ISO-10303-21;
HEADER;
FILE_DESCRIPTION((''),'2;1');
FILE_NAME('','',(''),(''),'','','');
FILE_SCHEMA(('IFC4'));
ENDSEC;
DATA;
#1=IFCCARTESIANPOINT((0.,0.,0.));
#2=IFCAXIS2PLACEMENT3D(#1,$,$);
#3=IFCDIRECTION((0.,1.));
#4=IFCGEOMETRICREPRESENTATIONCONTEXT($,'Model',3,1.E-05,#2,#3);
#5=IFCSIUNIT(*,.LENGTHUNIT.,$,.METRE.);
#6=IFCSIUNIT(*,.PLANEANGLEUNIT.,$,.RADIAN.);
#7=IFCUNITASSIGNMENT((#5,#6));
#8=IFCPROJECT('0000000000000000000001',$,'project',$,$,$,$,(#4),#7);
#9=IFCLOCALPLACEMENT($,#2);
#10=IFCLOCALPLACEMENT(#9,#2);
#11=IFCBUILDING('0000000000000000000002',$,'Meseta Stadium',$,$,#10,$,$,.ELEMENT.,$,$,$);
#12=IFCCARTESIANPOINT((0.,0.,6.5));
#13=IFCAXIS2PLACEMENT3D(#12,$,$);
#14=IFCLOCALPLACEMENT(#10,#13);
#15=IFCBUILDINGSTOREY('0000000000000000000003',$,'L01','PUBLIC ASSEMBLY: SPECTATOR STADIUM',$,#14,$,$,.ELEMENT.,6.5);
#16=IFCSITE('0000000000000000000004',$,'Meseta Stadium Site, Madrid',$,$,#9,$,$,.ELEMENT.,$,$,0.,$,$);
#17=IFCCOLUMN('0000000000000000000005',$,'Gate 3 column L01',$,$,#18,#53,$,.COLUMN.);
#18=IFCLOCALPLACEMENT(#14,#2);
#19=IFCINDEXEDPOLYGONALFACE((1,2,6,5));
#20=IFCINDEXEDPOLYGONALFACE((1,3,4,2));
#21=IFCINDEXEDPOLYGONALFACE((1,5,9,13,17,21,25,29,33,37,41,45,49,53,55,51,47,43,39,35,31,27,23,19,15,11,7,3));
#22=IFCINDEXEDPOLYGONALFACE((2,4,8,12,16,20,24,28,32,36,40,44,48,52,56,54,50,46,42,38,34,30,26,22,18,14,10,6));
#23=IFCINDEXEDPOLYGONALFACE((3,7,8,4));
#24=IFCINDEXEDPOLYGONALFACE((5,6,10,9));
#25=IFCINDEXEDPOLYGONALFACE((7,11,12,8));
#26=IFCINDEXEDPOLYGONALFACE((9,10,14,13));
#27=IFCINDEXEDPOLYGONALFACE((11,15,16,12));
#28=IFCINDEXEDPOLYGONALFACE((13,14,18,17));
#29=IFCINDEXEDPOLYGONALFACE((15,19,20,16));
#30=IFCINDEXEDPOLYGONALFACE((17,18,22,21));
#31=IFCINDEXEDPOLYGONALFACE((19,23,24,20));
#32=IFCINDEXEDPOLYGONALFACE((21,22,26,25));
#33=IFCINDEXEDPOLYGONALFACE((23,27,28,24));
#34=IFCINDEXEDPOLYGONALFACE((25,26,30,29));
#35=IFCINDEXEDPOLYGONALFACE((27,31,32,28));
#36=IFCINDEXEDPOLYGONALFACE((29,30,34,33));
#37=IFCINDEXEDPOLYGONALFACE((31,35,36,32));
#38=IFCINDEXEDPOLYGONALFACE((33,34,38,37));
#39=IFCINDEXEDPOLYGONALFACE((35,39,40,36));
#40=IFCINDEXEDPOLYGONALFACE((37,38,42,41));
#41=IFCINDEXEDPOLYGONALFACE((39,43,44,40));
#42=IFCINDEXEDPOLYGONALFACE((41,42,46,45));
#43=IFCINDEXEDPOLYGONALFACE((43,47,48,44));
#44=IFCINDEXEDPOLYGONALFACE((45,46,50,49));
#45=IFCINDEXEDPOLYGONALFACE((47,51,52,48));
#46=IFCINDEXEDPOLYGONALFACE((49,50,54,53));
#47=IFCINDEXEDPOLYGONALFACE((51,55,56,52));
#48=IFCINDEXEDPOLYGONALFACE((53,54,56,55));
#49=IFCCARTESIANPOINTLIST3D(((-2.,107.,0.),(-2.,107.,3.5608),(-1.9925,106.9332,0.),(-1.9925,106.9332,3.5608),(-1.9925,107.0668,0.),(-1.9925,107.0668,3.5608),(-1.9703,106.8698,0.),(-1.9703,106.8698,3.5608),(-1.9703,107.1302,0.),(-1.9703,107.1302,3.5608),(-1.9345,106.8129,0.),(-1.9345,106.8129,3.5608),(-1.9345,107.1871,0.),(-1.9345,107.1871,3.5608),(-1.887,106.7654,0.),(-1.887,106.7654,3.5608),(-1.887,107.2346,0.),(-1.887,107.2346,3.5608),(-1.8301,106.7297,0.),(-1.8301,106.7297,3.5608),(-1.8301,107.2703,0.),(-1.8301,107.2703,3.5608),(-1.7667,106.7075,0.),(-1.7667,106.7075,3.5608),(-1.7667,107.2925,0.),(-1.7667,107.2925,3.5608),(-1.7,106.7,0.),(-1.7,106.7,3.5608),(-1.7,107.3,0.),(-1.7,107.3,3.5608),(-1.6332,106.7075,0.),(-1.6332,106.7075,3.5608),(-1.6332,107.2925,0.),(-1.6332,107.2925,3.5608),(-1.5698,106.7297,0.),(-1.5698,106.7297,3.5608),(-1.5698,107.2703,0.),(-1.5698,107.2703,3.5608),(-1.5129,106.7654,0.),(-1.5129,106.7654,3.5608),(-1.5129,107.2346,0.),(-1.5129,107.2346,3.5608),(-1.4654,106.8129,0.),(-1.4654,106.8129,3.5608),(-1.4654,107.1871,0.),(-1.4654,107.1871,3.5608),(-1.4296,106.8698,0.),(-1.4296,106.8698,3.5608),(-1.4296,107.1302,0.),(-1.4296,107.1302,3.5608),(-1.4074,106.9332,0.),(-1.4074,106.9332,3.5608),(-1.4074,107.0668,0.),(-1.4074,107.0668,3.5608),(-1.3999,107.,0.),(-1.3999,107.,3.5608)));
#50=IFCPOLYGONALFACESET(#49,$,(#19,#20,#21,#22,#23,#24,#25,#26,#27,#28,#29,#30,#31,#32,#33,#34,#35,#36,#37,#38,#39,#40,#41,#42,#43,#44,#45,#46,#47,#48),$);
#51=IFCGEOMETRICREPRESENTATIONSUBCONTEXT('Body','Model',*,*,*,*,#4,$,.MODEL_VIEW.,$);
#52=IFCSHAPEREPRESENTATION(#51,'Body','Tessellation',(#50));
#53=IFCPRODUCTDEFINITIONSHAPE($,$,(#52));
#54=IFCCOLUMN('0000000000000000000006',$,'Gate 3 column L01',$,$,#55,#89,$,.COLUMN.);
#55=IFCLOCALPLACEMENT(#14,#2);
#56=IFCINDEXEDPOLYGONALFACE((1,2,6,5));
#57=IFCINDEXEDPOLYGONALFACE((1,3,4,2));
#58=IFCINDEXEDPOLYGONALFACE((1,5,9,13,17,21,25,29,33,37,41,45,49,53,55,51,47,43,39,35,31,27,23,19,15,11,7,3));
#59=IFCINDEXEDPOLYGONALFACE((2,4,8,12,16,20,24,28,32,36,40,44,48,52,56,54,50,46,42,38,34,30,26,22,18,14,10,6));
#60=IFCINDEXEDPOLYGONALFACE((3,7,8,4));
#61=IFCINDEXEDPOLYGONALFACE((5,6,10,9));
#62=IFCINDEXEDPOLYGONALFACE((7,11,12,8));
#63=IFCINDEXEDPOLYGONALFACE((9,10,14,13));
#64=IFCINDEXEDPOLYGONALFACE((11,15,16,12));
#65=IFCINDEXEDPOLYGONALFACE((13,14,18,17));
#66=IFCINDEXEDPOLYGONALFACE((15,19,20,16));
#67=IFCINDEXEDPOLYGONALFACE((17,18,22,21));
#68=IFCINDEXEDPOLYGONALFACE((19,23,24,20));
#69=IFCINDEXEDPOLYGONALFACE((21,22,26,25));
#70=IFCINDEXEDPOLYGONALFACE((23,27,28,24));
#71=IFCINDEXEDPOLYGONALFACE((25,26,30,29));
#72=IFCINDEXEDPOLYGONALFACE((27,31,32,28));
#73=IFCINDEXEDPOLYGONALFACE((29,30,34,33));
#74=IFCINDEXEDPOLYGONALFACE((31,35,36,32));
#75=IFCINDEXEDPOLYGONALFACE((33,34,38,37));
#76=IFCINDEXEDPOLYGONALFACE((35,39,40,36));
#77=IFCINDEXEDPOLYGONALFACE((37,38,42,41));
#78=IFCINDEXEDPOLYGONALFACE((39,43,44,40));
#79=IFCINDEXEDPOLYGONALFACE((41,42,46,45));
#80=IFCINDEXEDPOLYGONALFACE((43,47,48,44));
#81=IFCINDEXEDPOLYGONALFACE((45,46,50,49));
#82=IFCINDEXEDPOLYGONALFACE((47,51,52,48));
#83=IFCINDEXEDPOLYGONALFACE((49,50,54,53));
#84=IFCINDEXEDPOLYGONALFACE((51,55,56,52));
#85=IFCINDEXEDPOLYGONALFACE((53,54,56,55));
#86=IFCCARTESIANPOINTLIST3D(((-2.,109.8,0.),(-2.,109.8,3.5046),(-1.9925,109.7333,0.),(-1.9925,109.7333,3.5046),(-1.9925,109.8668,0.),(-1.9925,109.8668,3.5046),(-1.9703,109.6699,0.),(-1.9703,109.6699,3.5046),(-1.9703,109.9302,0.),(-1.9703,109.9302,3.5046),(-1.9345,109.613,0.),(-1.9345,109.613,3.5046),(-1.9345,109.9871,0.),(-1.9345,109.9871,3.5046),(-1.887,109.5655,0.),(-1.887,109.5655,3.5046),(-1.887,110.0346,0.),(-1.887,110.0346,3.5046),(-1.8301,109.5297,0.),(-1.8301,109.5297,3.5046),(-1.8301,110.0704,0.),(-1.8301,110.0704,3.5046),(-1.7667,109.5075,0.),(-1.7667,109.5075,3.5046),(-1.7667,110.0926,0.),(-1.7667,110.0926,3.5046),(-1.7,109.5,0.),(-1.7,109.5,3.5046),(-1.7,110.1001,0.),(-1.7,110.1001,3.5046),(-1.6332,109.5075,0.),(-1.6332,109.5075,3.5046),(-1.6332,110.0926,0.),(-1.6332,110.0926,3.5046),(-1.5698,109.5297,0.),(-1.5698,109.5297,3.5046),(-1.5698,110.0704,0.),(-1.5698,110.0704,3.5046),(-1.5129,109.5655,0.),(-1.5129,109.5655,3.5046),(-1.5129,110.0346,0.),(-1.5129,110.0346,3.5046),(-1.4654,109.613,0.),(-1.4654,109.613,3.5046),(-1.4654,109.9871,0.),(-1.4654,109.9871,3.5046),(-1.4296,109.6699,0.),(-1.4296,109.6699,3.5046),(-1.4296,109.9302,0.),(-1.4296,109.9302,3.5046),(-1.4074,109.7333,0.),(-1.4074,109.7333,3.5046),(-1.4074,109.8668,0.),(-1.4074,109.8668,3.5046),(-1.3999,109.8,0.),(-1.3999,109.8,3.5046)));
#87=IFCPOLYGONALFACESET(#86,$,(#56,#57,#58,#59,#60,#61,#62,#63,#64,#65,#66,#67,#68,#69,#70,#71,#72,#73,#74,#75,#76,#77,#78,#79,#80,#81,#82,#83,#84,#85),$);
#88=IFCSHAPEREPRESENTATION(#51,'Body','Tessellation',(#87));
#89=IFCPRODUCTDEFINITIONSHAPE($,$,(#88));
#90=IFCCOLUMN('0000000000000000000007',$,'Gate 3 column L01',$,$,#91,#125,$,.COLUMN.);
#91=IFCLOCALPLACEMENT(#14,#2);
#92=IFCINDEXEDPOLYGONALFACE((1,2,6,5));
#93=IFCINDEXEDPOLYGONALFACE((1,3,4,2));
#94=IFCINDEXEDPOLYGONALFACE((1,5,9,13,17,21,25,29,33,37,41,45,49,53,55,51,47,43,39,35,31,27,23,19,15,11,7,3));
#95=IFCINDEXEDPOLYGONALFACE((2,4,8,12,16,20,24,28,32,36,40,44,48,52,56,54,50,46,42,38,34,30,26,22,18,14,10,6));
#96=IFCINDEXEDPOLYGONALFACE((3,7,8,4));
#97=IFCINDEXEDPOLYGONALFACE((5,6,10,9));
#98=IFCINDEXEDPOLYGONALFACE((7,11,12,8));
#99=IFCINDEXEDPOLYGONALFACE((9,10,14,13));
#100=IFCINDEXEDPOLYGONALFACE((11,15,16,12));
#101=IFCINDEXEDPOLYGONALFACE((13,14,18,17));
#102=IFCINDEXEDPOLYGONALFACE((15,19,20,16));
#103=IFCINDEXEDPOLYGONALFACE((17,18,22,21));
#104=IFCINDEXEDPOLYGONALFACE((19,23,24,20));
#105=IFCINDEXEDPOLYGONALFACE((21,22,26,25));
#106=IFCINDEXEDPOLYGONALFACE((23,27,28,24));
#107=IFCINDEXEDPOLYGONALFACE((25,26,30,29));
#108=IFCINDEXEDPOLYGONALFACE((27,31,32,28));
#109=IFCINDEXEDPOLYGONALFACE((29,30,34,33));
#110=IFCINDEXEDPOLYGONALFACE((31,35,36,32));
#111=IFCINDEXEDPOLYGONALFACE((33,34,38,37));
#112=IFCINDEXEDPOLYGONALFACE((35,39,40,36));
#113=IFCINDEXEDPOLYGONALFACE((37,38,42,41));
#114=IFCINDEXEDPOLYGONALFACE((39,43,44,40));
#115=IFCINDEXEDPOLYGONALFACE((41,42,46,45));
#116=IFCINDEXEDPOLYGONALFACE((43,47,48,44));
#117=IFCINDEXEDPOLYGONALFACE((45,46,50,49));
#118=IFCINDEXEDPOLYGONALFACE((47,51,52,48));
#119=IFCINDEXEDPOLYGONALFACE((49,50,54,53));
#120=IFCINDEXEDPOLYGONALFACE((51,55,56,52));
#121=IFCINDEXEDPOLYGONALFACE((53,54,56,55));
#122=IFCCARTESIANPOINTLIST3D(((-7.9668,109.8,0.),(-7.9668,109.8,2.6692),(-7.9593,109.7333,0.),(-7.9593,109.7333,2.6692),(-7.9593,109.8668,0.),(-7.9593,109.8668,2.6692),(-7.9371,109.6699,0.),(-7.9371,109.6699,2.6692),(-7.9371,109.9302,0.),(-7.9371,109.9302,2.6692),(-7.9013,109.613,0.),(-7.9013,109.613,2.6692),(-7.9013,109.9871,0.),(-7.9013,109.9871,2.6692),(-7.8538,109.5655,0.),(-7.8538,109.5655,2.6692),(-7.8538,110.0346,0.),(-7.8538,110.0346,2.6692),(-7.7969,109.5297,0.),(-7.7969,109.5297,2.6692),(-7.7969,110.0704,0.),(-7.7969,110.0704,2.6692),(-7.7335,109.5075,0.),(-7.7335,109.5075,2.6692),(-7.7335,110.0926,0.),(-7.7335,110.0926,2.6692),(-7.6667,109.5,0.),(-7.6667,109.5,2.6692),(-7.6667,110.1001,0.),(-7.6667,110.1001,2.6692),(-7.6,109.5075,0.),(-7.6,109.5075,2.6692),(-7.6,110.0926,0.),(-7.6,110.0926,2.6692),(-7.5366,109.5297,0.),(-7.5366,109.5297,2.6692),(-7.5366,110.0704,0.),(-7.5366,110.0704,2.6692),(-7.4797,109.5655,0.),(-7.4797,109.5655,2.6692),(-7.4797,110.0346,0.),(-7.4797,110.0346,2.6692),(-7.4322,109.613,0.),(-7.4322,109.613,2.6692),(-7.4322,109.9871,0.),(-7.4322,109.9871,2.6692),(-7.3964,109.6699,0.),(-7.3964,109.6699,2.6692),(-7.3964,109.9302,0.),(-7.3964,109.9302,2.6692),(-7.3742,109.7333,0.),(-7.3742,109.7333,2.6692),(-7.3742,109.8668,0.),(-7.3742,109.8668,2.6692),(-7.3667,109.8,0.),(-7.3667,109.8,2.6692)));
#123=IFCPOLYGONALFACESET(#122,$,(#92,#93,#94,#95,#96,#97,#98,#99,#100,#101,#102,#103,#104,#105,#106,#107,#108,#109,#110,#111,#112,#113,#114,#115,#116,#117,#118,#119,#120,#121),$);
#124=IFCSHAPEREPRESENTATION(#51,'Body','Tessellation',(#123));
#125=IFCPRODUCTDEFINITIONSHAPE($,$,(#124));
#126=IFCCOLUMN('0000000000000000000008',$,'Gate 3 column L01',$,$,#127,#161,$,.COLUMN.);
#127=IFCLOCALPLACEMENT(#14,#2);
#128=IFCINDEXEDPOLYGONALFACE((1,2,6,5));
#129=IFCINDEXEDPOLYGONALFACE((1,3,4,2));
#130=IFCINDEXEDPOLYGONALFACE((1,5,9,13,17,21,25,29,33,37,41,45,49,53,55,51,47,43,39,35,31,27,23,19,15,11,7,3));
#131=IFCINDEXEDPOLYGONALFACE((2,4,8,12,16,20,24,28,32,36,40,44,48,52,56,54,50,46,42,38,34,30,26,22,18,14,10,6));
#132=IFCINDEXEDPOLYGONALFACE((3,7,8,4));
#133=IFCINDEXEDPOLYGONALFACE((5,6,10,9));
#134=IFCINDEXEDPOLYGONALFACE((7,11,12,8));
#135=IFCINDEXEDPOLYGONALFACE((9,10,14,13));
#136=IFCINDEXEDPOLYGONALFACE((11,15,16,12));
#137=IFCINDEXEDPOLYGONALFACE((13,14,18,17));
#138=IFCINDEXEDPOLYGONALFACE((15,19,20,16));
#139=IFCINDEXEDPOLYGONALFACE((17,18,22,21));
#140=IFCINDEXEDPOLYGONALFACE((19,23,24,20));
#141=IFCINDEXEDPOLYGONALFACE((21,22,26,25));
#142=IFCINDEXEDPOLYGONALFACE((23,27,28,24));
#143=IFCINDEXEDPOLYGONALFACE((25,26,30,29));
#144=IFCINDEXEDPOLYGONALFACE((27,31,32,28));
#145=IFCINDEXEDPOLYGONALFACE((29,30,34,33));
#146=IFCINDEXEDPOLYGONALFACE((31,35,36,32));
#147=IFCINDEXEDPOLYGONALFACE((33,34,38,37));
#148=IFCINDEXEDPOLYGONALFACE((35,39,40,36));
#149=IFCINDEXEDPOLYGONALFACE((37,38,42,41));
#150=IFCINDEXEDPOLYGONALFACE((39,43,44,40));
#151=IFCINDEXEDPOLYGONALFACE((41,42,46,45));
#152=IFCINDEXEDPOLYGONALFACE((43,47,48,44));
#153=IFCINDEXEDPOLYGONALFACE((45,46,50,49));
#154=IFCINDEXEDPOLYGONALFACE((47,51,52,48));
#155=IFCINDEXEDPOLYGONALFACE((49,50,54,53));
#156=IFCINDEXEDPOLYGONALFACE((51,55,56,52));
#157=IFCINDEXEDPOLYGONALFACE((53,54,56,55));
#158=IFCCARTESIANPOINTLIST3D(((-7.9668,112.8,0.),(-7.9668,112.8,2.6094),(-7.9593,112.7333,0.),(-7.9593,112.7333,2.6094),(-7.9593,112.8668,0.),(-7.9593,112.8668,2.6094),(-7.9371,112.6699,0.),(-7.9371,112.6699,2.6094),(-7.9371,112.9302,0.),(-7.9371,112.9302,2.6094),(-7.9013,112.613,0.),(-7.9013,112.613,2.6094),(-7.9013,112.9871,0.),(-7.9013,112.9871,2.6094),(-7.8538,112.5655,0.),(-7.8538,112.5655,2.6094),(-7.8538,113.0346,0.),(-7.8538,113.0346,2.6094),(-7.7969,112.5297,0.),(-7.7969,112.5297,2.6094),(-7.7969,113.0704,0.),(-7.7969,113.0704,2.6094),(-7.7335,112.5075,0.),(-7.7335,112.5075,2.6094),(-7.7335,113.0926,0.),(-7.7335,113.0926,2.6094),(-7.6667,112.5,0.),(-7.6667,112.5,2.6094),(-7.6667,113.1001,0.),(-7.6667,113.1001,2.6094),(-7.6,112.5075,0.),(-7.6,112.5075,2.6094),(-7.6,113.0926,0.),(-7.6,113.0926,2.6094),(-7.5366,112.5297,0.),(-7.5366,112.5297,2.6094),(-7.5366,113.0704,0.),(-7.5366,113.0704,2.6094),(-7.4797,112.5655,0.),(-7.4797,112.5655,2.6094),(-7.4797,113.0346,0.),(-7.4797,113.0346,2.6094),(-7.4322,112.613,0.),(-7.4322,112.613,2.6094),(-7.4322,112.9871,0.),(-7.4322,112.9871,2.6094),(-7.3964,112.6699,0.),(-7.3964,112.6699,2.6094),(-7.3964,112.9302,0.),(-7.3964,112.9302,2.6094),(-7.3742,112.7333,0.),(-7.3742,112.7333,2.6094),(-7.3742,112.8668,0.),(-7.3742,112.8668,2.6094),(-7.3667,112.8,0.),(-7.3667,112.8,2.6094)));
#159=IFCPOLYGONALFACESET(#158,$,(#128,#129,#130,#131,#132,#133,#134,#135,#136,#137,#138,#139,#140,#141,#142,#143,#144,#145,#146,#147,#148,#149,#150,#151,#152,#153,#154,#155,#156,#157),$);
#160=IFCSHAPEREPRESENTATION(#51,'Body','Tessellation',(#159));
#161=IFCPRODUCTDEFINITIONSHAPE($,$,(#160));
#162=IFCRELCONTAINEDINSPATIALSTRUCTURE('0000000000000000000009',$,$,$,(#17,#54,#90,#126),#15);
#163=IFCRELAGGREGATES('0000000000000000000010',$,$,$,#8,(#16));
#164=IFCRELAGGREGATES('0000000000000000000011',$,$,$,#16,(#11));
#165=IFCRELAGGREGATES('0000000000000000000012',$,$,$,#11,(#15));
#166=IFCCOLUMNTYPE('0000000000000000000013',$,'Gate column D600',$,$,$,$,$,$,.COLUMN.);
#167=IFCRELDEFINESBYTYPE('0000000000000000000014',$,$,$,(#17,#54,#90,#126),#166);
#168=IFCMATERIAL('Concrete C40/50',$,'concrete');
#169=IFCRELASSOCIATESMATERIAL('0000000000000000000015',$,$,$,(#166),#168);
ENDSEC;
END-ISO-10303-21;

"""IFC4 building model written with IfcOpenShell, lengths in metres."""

from ifc_helpers import new_model, si_unit, direction, frame, origin, origin_2d, place, context, subcontext, project, spatial, circle, extrude, material, material_profile, profile_set, type_object, element, save


model = new_model("IFC4")

# Units and contexts
model_context = context("Model", 3, precision=1e-05, world=origin(), true_north=direction((0.0, 1.0)))
body_context = subcontext(model_context, "Body", "Model", "MODEL_VIEW")
ifc_project = project(units=[si_unit("LENGTHUNIT", "METRE"), si_unit("PLANEANGLEUNIT", "RADIAN")], contexts=[model_context])

# Site, building, storey
site_placement = place(None, origin())
site = spatial("IfcSite", under=ifc_project, at=site_placement, Name="Meseta Stadium Site, Madrid", CompositionType="ELEMENT", RefElevation=0.0)
building_placement = place(site_placement, origin())
building = spatial("IfcBuilding", under=site, at=building_placement, Name="Meseta Stadium", CompositionType="ELEMENT")
storey_placement = place(building_placement, frame((0.0, 0.0, 6.5)))
storey = spatial("IfcBuildingStorey", under=building, at=storey_placement, Name="L01", Description="PUBLIC ASSEMBLY: SPECTATOR STADIUM", CompositionType="ELEMENT", Elevation=6.5)

# Columns
ifc_material_1 = material(Name="Concrete C40/50", Category="concrete")
ifc_material_profile_1 = material_profile(ifc_material_1, circle(Radius=0.3, at=origin_2d()), Name="RC D600")
ifc_profile_set_1 = profile_set([ifc_material_profile_1], Name="Concrete C40/50")
column_type = type_object("IfcColumnType", Name="Gate column D600", PredefinedType="COLUMN", material=ifc_profile_set_1)
column_1_placement = place(storey_placement, frame((-1.7, 107.0, 0.0), z_axis=(0.0, 0.0, 1.0), x_axis=(1.0, 0.0, 0.0)))
element("IfcColumn", 1, at=column_1_placement, inside=storey, type_object=column_type, Name="Gate 3 column L01", PredefinedType="COLUMN", context=body_context, shape_type="SweptSolid", body=[
    extrude(circle(Radius=0.3, at=origin_2d()), origin(), (0.0, 0.0, 1.0), 3.5608),
])
column_2_placement = place(storey_placement, frame((-1.7, 109.8, 0.0), z_axis=(0.0, 0.0, 1.0), x_axis=(1.0, 0.0, 0.0)))
element("IfcColumn", 2, at=column_2_placement, inside=storey, type_object=column_type, Name="Gate 3 column L01", PredefinedType="COLUMN", context=body_context, shape_type="SweptSolid", body=[
    extrude(circle(Radius=0.3, at=origin_2d()), origin(), (0.0, 0.0, 1.0), 3.5046),
])
column_3_placement = place(storey_placement, frame((-7.6667, 109.8, 0.0), z_axis=(0.0, 0.0, 1.0), x_axis=(1.0, 0.0, 0.0)))
element("IfcColumn", 3, at=column_3_placement, inside=storey, type_object=column_type, Name="Gate 3 column L01", PredefinedType="COLUMN", context=body_context, shape_type="SweptSolid", body=[
    extrude(circle(Radius=0.3, at=origin_2d()), origin(), (0.0, 0.0, 1.0), 2.6692),
])
column_4_placement = place(storey_placement, frame((-7.6667, 112.8, 0.0), z_axis=(0.0, 0.0, 1.0), x_axis=(1.0, 0.0, 0.0)))
element("IfcColumn", 4, at=column_4_placement, inside=storey, type_object=column_type, Name="Gate 3 column L01", PredefinedType="COLUMN", context=body_context, shape_type="SweptSolid", body=[
    extrude(circle(Radius=0.3, at=origin_2d()), origin(), (0.0, 0.0, 1.0), 2.6094),
])

save(model, "model.ifc")
